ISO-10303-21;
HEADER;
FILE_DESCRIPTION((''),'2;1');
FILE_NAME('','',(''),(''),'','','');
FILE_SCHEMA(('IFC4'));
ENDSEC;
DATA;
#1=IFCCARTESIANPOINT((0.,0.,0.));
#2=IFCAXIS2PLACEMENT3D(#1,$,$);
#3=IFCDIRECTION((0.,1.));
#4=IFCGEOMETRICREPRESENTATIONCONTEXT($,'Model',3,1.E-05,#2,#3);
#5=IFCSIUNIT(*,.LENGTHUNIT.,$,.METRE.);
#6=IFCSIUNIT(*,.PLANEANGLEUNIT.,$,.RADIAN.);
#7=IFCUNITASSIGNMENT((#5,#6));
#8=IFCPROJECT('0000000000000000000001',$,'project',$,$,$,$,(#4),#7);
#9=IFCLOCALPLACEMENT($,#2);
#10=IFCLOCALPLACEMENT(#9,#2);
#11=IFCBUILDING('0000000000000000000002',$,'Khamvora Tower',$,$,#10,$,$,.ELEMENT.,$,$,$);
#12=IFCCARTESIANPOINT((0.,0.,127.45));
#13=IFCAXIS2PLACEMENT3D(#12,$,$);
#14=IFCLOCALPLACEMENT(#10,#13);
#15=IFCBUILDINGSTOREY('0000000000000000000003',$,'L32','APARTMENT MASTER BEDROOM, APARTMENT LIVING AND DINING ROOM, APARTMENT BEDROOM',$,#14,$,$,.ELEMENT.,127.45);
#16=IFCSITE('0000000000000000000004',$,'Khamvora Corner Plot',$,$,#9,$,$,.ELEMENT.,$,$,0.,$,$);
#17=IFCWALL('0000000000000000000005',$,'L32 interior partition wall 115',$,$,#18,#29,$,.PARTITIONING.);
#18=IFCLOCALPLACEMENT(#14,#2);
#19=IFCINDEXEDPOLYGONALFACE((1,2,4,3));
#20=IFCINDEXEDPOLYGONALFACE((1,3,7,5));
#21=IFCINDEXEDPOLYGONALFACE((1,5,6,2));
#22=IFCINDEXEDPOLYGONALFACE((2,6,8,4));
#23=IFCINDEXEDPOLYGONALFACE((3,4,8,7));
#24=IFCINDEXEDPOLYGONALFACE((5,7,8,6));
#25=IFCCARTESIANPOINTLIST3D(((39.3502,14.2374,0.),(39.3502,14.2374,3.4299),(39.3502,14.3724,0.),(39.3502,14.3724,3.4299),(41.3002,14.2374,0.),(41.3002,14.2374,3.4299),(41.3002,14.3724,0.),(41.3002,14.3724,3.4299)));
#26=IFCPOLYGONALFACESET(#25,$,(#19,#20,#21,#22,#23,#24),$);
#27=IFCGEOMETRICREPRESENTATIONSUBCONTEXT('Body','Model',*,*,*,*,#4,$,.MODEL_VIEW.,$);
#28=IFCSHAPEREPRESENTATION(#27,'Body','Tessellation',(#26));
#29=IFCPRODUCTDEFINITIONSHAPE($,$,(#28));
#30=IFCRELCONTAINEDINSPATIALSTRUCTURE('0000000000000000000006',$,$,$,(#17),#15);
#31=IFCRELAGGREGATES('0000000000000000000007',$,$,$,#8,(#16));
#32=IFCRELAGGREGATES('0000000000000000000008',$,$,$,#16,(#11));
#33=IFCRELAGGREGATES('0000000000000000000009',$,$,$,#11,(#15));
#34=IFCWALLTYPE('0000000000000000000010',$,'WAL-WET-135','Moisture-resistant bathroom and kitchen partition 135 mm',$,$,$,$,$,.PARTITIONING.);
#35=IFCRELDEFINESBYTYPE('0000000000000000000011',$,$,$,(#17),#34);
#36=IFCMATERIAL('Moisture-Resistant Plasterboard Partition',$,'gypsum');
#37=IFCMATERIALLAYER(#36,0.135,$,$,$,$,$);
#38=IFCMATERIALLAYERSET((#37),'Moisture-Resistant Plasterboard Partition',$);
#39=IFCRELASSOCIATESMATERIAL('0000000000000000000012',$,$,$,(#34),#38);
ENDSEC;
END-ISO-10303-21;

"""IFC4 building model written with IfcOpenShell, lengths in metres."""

from ifc_helpers import new_model, si_unit, direction, frame, frame_2d, origin, place, context, subcontext, project, spatial, rectangle, extrude, material, layer, layer_set, type_object, element, save


model = new_model("IFC4")

# Units and contexts
model_context = context("Model", 3, precision=1e-05, world=origin(), true_north=direction((0.0, 1.0)))
body_context = subcontext(model_context, "Body", "Model", "MODEL_VIEW")
ifc_project = project(units=[si_unit("LENGTHUNIT", "METRE"), si_unit("PLANEANGLEUNIT", "RADIAN")], contexts=[model_context])

# Site, building, storey
site_placement = place(None, origin())
site = spatial("IfcSite", under=ifc_project, at=site_placement, Name="Khamvora Corner Plot", CompositionType="ELEMENT", RefElevation=0.0)
building_placement = place(site_placement, origin())
building = spatial("IfcBuilding", under=site, at=building_placement, Name="Khamvora Tower", CompositionType="ELEMENT")
storey_placement = place(building_placement, frame((0.0, 0.0, 127.45)))
storey = spatial("IfcBuildingStorey", under=building, at=storey_placement, Name="L32", Description="APARTMENT MASTER BEDROOM, APARTMENT LIVING AND DINING ROOM, APARTMENT BEDROOM", CompositionType="ELEMENT", Elevation=127.45)

# Shared definitions
ifc_material_1 = material(Name="Moisture-Resistant Plasterboard Partition", Category="gypsum")
ifc_layer_1 = layer(ifc_material_1, 0.135)
ifc_layer_set_1 = layer_set([ifc_layer_1], Name="Moisture-Resistant Plasterboard Partition")
wall_type_1 = type_object("IfcWallType", Name="WAL-WET-135", Description="Moisture-resistant bathroom and kitchen partition 135 mm", PredefinedType="PARTITIONING", material=ifc_layer_set_1)

# Wall
wall_1_placement = place(storey_placement, frame((39.3501, 14.3049, 0.0), z_axis=(0.0, 0.0, 1.0), x_axis=(1.0, 0.0, 0.0)))
element("IfcWall", 1, at=wall_1_placement, inside=storey, type_object=wall_type_1, Name="L32 interior partition wall 115", PredefinedType="PARTITIONING", context=body_context, shape_type="SweptSolid", body=[
    extrude(rectangle(XDim=1.95, YDim=0.135, at=frame_2d((0.9751, 0.0))), origin(), (0.0, 0.0, 1.0), 3.4299),
])

save(model, "model.ifc")
